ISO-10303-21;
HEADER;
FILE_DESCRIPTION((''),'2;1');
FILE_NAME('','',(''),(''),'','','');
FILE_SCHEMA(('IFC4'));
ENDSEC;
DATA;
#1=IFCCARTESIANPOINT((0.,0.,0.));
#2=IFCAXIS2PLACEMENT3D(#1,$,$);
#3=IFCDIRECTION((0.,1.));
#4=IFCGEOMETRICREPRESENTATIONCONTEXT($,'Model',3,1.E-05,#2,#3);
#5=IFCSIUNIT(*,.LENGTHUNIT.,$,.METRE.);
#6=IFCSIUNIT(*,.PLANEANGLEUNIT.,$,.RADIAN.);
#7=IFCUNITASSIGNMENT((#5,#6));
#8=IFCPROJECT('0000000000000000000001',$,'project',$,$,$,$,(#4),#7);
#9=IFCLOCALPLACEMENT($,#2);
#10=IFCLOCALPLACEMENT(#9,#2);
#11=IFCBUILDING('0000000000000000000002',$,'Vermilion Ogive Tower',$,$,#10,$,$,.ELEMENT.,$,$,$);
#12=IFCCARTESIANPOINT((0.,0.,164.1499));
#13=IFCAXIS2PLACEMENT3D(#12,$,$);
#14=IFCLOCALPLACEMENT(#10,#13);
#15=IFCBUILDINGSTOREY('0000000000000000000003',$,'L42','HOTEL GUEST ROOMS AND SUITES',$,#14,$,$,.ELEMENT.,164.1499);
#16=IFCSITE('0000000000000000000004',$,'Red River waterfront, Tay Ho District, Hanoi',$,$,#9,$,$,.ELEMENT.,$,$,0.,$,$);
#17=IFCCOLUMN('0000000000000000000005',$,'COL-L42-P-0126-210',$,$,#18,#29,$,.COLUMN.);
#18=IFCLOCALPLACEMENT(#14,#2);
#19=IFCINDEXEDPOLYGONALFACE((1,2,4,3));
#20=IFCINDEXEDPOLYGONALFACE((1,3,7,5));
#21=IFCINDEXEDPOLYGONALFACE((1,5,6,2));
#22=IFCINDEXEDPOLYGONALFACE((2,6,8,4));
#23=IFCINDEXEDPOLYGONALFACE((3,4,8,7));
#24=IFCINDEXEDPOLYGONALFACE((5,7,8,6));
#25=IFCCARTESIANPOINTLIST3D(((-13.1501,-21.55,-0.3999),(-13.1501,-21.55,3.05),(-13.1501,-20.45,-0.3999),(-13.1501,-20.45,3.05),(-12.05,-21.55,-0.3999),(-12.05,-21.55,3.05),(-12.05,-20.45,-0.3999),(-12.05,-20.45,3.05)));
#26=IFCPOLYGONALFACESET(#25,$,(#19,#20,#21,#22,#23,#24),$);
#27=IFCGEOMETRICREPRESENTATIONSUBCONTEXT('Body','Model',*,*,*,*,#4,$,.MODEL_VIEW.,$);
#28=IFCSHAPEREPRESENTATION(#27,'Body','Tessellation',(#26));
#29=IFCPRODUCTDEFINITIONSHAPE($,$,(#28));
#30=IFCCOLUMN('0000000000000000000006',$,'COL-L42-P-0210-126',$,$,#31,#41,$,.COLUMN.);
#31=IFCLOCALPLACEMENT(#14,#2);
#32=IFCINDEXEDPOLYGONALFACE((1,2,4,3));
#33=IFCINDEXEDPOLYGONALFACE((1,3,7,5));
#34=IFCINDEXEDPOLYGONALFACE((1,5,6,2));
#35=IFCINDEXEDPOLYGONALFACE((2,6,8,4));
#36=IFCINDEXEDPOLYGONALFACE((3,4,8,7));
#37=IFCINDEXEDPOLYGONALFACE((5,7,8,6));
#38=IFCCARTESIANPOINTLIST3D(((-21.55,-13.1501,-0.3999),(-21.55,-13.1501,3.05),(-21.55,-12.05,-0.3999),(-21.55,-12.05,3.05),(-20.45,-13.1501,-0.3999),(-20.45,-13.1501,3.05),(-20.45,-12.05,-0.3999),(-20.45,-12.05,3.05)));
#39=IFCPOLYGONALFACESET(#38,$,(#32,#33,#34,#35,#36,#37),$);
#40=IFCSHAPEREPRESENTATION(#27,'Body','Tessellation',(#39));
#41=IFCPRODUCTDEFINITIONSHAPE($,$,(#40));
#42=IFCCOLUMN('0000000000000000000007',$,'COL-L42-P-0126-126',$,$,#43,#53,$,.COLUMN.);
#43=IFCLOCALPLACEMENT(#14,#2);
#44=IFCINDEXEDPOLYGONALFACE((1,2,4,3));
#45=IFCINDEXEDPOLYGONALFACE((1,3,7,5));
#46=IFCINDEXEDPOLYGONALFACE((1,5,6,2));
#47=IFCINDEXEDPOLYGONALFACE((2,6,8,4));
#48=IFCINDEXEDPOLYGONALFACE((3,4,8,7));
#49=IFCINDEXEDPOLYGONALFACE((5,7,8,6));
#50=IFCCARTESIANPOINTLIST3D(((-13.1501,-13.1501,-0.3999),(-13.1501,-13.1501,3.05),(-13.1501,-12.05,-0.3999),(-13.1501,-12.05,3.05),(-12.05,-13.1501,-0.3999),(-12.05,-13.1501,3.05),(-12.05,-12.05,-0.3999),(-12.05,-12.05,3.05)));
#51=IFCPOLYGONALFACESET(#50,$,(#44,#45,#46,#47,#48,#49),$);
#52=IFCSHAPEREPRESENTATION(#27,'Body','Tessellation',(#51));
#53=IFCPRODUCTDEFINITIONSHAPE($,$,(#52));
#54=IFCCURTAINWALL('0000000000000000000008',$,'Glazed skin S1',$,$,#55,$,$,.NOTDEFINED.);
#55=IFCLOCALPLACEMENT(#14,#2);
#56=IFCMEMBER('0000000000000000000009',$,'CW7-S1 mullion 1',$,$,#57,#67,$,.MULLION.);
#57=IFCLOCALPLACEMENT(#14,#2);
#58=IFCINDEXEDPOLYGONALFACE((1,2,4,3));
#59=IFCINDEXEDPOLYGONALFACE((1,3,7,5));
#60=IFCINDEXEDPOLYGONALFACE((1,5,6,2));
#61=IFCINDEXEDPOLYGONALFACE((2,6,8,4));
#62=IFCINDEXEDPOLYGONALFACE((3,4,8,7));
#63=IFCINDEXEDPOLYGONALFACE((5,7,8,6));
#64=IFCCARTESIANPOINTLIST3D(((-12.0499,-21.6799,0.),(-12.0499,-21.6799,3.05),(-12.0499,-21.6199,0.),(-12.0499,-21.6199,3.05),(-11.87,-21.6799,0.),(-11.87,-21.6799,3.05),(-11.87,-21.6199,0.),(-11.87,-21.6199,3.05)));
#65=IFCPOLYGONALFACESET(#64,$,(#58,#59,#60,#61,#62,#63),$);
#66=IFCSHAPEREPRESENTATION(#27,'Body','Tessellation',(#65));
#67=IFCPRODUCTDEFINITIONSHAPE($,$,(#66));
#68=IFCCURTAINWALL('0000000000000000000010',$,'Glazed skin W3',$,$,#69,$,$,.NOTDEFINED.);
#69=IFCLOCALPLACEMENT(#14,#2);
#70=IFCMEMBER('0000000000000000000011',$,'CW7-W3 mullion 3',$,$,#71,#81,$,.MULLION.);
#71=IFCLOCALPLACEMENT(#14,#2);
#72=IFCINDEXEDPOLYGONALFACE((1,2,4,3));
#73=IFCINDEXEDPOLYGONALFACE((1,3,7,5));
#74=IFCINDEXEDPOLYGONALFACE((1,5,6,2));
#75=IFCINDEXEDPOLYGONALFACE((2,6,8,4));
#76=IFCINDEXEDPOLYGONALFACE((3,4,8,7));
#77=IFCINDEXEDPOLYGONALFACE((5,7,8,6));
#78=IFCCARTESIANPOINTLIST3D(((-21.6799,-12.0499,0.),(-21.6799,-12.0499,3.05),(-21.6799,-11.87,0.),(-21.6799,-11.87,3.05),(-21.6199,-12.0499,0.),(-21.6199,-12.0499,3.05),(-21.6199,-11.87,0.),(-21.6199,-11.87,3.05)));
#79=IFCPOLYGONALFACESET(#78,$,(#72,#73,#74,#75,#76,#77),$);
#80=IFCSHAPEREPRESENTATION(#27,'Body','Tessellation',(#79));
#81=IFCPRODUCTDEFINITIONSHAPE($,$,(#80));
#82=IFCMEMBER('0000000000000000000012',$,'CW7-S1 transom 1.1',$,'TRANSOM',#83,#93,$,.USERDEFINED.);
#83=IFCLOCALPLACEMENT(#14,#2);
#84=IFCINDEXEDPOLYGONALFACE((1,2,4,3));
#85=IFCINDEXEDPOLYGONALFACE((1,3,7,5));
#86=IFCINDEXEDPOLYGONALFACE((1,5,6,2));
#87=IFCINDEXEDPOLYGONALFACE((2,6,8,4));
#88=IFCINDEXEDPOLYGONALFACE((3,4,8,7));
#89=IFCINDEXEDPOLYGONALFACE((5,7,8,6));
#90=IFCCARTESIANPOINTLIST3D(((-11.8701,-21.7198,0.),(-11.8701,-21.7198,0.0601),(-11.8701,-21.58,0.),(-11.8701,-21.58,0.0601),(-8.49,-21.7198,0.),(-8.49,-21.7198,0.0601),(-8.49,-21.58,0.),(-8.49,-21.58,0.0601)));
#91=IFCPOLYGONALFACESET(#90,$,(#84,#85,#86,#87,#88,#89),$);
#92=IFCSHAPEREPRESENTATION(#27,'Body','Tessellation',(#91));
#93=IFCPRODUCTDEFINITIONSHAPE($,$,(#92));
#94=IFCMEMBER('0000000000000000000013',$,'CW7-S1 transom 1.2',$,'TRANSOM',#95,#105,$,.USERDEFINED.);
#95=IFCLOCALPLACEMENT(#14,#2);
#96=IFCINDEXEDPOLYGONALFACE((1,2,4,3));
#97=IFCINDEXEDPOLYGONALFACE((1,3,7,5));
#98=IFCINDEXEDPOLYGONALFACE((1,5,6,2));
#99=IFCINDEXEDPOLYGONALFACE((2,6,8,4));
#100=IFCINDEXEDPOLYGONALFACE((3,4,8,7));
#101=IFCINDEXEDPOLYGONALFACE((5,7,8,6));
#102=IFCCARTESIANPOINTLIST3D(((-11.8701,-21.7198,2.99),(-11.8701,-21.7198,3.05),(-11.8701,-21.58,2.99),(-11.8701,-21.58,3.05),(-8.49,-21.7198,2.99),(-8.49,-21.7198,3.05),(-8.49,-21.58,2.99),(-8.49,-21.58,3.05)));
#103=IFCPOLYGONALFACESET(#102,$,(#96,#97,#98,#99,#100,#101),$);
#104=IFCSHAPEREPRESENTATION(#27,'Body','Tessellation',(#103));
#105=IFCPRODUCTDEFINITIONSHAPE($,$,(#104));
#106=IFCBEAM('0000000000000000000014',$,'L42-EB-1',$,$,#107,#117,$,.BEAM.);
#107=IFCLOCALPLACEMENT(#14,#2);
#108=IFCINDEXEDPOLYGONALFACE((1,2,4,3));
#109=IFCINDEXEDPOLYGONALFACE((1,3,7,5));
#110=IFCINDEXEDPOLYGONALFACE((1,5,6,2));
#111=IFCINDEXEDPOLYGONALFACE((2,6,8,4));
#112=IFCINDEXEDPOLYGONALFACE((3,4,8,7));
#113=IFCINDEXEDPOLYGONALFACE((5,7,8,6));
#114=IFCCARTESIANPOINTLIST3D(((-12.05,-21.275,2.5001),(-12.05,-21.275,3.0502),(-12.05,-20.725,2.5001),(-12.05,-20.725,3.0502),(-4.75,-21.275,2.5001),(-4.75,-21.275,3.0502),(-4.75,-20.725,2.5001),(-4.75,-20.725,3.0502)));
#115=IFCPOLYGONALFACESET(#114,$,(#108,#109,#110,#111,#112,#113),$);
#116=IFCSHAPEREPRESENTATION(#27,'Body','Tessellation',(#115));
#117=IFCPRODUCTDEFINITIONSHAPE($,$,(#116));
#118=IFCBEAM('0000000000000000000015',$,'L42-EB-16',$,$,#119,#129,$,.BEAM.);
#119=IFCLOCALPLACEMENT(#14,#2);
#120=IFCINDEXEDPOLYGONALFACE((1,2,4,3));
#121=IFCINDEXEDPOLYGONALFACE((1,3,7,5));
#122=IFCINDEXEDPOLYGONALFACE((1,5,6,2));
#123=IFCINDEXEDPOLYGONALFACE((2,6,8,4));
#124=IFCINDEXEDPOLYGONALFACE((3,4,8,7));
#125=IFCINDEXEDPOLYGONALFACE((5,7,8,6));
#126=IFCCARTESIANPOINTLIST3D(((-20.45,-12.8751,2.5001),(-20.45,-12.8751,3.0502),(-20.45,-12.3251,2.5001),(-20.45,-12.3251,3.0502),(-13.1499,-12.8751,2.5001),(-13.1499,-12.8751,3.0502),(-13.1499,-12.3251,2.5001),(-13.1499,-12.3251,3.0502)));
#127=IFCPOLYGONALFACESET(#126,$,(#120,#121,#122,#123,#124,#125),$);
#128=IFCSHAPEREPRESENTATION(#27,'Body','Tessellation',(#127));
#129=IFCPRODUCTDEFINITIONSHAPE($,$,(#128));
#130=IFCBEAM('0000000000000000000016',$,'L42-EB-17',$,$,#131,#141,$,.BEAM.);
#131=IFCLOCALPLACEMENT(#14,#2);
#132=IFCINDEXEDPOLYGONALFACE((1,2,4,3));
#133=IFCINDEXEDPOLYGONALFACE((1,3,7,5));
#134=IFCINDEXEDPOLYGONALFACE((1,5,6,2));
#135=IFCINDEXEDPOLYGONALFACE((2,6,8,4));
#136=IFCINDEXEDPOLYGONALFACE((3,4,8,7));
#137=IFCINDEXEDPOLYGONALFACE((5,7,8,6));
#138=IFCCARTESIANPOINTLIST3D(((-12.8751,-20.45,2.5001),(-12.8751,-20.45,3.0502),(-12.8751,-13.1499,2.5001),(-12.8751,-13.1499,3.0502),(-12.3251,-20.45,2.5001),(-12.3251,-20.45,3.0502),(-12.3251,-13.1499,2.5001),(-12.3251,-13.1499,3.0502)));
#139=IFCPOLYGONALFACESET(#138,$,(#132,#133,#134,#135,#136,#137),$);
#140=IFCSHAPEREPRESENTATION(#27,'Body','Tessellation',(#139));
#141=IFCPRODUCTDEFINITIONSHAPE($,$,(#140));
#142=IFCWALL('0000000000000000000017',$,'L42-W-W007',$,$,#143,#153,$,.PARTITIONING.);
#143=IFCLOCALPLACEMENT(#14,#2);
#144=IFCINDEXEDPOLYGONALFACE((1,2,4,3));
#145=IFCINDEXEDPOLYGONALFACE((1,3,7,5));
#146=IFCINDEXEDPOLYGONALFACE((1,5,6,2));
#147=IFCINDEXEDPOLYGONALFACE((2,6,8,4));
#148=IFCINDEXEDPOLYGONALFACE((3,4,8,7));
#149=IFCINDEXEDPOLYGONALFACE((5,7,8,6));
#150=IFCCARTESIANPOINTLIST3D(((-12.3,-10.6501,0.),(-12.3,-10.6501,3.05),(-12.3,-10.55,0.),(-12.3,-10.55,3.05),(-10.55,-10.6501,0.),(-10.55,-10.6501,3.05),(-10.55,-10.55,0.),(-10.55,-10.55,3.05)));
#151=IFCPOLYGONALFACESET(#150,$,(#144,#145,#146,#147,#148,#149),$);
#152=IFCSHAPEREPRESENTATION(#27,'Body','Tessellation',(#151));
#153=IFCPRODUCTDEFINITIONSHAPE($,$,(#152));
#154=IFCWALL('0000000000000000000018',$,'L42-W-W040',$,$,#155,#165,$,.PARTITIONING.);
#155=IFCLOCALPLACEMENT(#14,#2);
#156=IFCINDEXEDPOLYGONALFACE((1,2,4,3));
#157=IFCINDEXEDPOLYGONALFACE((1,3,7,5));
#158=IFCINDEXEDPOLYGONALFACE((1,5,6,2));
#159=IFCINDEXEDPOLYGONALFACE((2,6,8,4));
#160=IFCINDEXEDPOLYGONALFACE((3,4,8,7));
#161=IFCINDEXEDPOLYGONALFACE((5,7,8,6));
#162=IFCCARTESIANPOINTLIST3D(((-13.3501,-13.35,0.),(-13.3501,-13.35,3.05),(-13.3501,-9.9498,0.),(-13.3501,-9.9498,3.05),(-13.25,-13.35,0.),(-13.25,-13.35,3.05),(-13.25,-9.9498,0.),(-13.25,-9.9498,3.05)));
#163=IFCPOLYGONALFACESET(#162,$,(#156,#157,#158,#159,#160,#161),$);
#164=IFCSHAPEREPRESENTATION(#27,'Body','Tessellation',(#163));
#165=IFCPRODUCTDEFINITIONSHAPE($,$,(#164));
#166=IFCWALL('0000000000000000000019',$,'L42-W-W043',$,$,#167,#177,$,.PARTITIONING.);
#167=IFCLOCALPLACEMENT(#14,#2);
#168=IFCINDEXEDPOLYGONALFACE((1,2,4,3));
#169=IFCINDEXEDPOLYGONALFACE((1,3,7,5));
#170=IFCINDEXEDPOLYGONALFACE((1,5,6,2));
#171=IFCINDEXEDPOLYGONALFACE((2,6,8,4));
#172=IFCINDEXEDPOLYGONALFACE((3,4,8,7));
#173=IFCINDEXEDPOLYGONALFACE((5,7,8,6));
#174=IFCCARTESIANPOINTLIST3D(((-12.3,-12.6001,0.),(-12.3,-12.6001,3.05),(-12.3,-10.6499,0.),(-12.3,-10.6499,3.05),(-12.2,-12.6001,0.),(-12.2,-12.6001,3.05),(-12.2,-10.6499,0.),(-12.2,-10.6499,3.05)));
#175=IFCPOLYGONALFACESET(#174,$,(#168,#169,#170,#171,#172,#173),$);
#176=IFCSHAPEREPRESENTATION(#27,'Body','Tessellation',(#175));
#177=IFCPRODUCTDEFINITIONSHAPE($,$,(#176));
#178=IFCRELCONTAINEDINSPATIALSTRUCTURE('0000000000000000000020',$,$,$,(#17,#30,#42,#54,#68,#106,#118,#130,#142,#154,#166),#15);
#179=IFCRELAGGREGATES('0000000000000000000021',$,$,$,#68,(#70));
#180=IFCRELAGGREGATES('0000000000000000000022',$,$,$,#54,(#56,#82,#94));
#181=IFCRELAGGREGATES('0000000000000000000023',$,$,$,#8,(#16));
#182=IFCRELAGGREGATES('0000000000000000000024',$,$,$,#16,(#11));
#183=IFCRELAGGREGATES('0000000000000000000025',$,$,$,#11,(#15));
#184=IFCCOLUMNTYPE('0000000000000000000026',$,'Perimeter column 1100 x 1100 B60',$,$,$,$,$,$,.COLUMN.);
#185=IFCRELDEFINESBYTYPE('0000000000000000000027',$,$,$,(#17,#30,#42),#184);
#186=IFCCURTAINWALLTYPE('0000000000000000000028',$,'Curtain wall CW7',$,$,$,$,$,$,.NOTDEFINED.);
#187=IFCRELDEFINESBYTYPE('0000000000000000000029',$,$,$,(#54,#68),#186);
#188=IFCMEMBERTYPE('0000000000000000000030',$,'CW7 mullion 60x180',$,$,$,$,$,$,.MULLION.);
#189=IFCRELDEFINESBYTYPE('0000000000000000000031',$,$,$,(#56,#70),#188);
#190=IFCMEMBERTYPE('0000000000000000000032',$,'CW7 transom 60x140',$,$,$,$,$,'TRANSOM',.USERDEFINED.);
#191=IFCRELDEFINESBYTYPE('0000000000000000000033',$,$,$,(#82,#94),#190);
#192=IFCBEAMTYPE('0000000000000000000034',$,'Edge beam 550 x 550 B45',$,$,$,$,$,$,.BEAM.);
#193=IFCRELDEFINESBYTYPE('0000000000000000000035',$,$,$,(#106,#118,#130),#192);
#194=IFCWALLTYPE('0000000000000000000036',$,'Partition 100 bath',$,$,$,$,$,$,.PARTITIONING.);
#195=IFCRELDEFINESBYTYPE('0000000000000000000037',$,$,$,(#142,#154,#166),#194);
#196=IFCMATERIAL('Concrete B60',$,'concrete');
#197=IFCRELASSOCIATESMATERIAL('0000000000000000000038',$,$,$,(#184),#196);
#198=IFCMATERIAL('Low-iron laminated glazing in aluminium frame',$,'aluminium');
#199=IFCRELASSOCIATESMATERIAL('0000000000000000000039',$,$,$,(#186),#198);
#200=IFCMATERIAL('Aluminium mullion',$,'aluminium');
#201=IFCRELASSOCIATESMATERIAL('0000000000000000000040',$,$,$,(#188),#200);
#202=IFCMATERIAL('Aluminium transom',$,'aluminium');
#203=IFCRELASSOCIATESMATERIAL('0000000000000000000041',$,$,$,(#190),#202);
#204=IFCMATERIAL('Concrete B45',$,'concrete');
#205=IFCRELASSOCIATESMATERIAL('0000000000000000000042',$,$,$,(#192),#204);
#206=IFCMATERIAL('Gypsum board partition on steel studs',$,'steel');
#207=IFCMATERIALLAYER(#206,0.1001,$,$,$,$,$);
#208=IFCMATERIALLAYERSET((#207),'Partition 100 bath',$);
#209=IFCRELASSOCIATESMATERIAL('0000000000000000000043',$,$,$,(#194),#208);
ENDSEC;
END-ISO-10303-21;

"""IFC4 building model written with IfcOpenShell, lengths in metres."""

from ifc_helpers import new_model, si_unit, direction, frame, frame_2d, origin, origin_2d, place, context, subcontext, project, spatial, rectangle, extrude, material, layer, layer_set, material_profile, profile_set, type_object, element, aggregate, save


model = new_model("IFC4")

# Units and contexts
model_context = context("Model", 3, precision=1e-05, world=origin(), true_north=direction((0.0, 1.0)))
body_context = subcontext(model_context, "Body", "Model", "MODEL_VIEW")
ifc_project = project(units=[si_unit("LENGTHUNIT", "METRE"), si_unit("PLANEANGLEUNIT", "RADIAN")], contexts=[model_context])

# Site, building, storey
site_placement = place(None, origin())
site = spatial("IfcSite", under=ifc_project, at=site_placement, Name="Red River waterfront, Tay Ho District, Hanoi", CompositionType="ELEMENT", RefElevation=0.0)
building_placement = place(site_placement, origin())
building = spatial("IfcBuilding", under=site, at=building_placement, Name="Vermilion Ogive Tower", CompositionType="ELEMENT")
storey_placement = place(building_placement, frame((0.0, 0.0, 164.1499)))
storey = spatial("IfcBuildingStorey", under=building, at=storey_placement, Name="L42", Description="HOTEL GUEST ROOMS AND SUITES", CompositionType="ELEMENT", Elevation=164.1499)

# Columns
ifc_material_1 = material(Name="Concrete B60", Category="concrete")
ifc_material_profile_1 = material_profile(ifc_material_1, rectangle(XDim=1.1001, YDim=1.1001, at=origin_2d()), Name="1100 x 1100")
ifc_profile_set_1 = profile_set([ifc_material_profile_1], Name="Concrete B60")
column_type = type_object("IfcColumnType", Name="Perimeter column 1100 x 1100 B60", PredefinedType="COLUMN", material=ifc_profile_set_1)
for number, where, z_axis, x_axis, name in (
    (1, (-12.6001, -21.0, -0.3999), (0.0, 0.0, 1.0), (1.0, 0.0, 0.0), "COL-L42-P-0126-210"),
    (2, (-21.0, -12.6001, -0.3999), (0.0, 0.0, 1.0), (1.0, 0.0, 0.0), "COL-L42-P-0210-126"),
    (3, (-12.6001, -12.6001, -0.3999), (0.0, 0.0, 1.0), (1.0, 0.0, 0.0), "COL-L42-P-0126-126"),
):
    element("IfcColumn", number, at=place(storey_placement, frame(where, z_axis=z_axis, x_axis=x_axis)), inside=storey, type_object=column_type, Name=name, PredefinedType="COLUMN", context=body_context, shape_type="SweptSolid", body=[
        extrude(rectangle(XDim=1.1001, YDim=1.1001, at=origin_2d()), origin(), (0.0, 0.0, 1.0), 3.45),
    ])

# Curtain walls, members
ifc_material_2 = material(Name="Low-iron laminated glazing in aluminium frame", Category="aluminium")
curtain_wall_type = type_object("IfcCurtainWallType", Name="Curtain wall CW7", PredefinedType="NOTDEFINED", material=ifc_material_2)
curtain_wall_1_placement = place(storey_placement, origin())
curtain_wall_1 = element("IfcCurtainWall", 4, at=curtain_wall_1_placement, inside=storey, type_object=curtain_wall_type, Name="Glazed skin S1", PredefinedType="NOTDEFINED")
ifc_material_3 = material(Name="Aluminium mullion", Category="aluminium")
ifc_material_profile_2 = material_profile(ifc_material_3, rectangle(XDim=0.0601, YDim=0.1799, at=origin_2d()), Name="AL 60x180")
ifc_profile_set_2 = profile_set([ifc_material_profile_2], Name="Aluminium mullion")
member_type_1 = type_object("IfcMemberType", Name="CW7 mullion 60x180", PredefinedType="MULLION", material=ifc_profile_set_2)
member_1_placement = place(storey_placement, frame((-11.96, -21.6499, 0.0), z_axis=(0.0, 0.0, 1.0), x_axis=(0.0, 1.0, 0.0)))
member_1 = element("IfcMember", 5, at=member_1_placement, type_object=member_type_1, Name="CW7-S1 mullion 1", PredefinedType="MULLION", context=body_context, shape_type="SweptSolid", body=[
    extrude(rectangle(XDim=0.0601, YDim=0.1799, at=origin_2d()), origin(), (0.0, 0.0, 1.0), 3.05),
])
curtain_wall_2_placement = place(storey_placement, origin())
curtain_wall_2 = element("IfcCurtainWall", 6, at=curtain_wall_2_placement, inside=storey, type_object=curtain_wall_type, Name="Glazed skin W3", PredefinedType="NOTDEFINED")
member_2_placement = place(storey_placement, frame((-21.6499, -11.96, 0.0), z_axis=(0.0, 0.0, 1.0), x_axis=(1.0, 0.0, 0.0)))
member_2 = element("IfcMember", 7, at=member_2_placement, type_object=member_type_1, Name="CW7-W3 mullion 3", PredefinedType="MULLION", context=body_context, shape_type="SweptSolid", body=[
    extrude(rectangle(XDim=0.0601, YDim=0.1799, at=origin_2d()), origin(), (0.0, 0.0, 1.0), 3.05),
])
aggregate(curtain_wall_2, [member_2])

# Members
ifc_material_4 = material(Name="Aluminium transom", Category="aluminium")
ifc_material_profile_3 = material_profile(ifc_material_4, rectangle(XDim=0.1399, YDim=0.0601, at=origin_2d()), Name="AL 60x140")
ifc_profile_set_3 = profile_set([ifc_material_profile_3], Name="Aluminium transom")
member_type_2 = type_object("IfcMemberType", Name="CW7 transom 60x140", ElementType="TRANSOM", PredefinedType="USERDEFINED", material=ifc_profile_set_3)
member_3_placement = place(storey_placement, frame((-11.8701, -21.6499, 0.03), z_axis=(1.0, 0.0, 0.0), x_axis=(0.0, 1.0, 0.0)))
member_3 = element("IfcMember", 8, at=member_3_placement, type_object=member_type_2, Name="CW7-S1 transom 1.1", ObjectType="TRANSOM", PredefinedType="USERDEFINED", context=body_context, shape_type="SweptSolid", body=[
    extrude(rectangle(XDim=0.1399, YDim=0.0601, at=origin_2d()), origin(), (0.0, 0.0, 1.0), 3.3801),
])
member_4_placement = place(storey_placement, frame((-11.8701, -21.6499, 3.02), z_axis=(1.0, 0.0, 0.0), x_axis=(0.0, 1.0, 0.0)))
member_4 = element("IfcMember", 9, at=member_4_placement, type_object=member_type_2, Name="CW7-S1 transom 1.2", ObjectType="TRANSOM", PredefinedType="USERDEFINED", context=body_context, shape_type="SweptSolid", body=[
    extrude(rectangle(XDim=0.1399, YDim=0.0601, at=origin_2d()), origin(), (0.0, 0.0, 1.0), 3.3801),
])
aggregate(curtain_wall_1, [member_1, member_3, member_4])

# Beams
ifc_material_5 = material(Name="Concrete B45", Category="concrete")
ifc_material_profile_4 = material_profile(ifc_material_5, rectangle(XDim=0.55, YDim=0.55, at=origin_2d()), Name="550 x 550")
ifc_profile_set_4 = profile_set([ifc_material_profile_4], Name="Concrete B45")
beam_type = type_object("IfcBeamType", Name="Edge beam 550 x 550 B45", PredefinedType="BEAM", material=ifc_profile_set_4)
for number, where, z_axis, x_axis, name in (
    (10, (-12.05, -21.0, 2.7751), (1.0, 0.0, 0.0), (0.0, 1.0, 0.0), "L42-EB-1"),
    (11, (-20.45, -12.6001, 2.7751), (1.0, 0.0, 0.0), (0.0, 1.0, 0.0), "L42-EB-16"),
    (12, (-12.6001, -13.1499, 2.7751), (0.0, -1.0, 0.0), (1.0, 0.0, 0.0), "L42-EB-17"),
):
    element("IfcBeam", number, at=place(storey_placement, frame(where, z_axis=z_axis, x_axis=x_axis)), inside=storey, type_object=beam_type, Name=name, PredefinedType="BEAM", context=body_context, shape_type="SweptSolid", body=[
        extrude(rectangle(XDim=0.55, YDim=0.55, at=origin_2d()), origin(), (0.0, 0.0, 1.0), 7.3),
    ])

# Walls
ifc_material_6 = material(Name="Gypsum board partition on steel studs", Category="steel")
ifc_layer_1 = layer(ifc_material_6, 0.1001)
ifc_layer_set_1 = layer_set([ifc_layer_1], Name="Partition 100 bath")
wall_type_1 = type_object("IfcWallType", Name="Partition 100 bath", PredefinedType="PARTITIONING", material=ifc_layer_set_1)
wall_1_placement = place(storey_placement, frame((-12.3, -10.6001, 0.0), z_axis=(0.0, 0.0, 1.0), x_axis=(1.0, 0.0, 0.0)))
element("IfcWall", 13, at=wall_1_placement, inside=storey, type_object=wall_type_1, Name="L42-W-W007", PredefinedType="PARTITIONING", context=body_context, shape_type="SweptSolid", body=[
    extrude(rectangle(XDim=1.75, YDim=0.1001, at=frame_2d((0.875, 0.0))), origin(), (0.0, 0.0, 1.0), 3.05),
])
wall_2_placement = place(storey_placement, frame((-13.3, -13.3501, 0.0), z_axis=(0.0, 0.0, 1.0), x_axis=(0.0, 1.0, 0.0)))
element("IfcWall", 14, at=wall_2_placement, inside=storey, type_object=wall_type_1, Name="L42-W-W040", PredefinedType="PARTITIONING", context=body_context, shape_type="SweptSolid", body=[
    extrude(rectangle(XDim=3.4001, YDim=0.1001, at=frame_2d((1.7002, 0.0))), origin(), (0.0, 0.0, 1.0), 3.05),
])
wall_3_placement = place(storey_placement, frame((-12.25, -12.6001, 0.0), z_axis=(0.0, 0.0, 1.0), x_axis=(0.0, 1.0, 0.0)))
element("IfcWall", 15, at=wall_3_placement, inside=storey, type_object=wall_type_1, Name="L42-W-W043", PredefinedType="PARTITIONING", context=body_context, shape_type="SweptSolid", body=[
    extrude(rectangle(XDim=1.9502, YDim=0.1001, at=frame_2d((0.9751, 0.0))), origin(), (0.0, 0.0, 1.0), 3.05),
])

save(model, "model.ifc")
